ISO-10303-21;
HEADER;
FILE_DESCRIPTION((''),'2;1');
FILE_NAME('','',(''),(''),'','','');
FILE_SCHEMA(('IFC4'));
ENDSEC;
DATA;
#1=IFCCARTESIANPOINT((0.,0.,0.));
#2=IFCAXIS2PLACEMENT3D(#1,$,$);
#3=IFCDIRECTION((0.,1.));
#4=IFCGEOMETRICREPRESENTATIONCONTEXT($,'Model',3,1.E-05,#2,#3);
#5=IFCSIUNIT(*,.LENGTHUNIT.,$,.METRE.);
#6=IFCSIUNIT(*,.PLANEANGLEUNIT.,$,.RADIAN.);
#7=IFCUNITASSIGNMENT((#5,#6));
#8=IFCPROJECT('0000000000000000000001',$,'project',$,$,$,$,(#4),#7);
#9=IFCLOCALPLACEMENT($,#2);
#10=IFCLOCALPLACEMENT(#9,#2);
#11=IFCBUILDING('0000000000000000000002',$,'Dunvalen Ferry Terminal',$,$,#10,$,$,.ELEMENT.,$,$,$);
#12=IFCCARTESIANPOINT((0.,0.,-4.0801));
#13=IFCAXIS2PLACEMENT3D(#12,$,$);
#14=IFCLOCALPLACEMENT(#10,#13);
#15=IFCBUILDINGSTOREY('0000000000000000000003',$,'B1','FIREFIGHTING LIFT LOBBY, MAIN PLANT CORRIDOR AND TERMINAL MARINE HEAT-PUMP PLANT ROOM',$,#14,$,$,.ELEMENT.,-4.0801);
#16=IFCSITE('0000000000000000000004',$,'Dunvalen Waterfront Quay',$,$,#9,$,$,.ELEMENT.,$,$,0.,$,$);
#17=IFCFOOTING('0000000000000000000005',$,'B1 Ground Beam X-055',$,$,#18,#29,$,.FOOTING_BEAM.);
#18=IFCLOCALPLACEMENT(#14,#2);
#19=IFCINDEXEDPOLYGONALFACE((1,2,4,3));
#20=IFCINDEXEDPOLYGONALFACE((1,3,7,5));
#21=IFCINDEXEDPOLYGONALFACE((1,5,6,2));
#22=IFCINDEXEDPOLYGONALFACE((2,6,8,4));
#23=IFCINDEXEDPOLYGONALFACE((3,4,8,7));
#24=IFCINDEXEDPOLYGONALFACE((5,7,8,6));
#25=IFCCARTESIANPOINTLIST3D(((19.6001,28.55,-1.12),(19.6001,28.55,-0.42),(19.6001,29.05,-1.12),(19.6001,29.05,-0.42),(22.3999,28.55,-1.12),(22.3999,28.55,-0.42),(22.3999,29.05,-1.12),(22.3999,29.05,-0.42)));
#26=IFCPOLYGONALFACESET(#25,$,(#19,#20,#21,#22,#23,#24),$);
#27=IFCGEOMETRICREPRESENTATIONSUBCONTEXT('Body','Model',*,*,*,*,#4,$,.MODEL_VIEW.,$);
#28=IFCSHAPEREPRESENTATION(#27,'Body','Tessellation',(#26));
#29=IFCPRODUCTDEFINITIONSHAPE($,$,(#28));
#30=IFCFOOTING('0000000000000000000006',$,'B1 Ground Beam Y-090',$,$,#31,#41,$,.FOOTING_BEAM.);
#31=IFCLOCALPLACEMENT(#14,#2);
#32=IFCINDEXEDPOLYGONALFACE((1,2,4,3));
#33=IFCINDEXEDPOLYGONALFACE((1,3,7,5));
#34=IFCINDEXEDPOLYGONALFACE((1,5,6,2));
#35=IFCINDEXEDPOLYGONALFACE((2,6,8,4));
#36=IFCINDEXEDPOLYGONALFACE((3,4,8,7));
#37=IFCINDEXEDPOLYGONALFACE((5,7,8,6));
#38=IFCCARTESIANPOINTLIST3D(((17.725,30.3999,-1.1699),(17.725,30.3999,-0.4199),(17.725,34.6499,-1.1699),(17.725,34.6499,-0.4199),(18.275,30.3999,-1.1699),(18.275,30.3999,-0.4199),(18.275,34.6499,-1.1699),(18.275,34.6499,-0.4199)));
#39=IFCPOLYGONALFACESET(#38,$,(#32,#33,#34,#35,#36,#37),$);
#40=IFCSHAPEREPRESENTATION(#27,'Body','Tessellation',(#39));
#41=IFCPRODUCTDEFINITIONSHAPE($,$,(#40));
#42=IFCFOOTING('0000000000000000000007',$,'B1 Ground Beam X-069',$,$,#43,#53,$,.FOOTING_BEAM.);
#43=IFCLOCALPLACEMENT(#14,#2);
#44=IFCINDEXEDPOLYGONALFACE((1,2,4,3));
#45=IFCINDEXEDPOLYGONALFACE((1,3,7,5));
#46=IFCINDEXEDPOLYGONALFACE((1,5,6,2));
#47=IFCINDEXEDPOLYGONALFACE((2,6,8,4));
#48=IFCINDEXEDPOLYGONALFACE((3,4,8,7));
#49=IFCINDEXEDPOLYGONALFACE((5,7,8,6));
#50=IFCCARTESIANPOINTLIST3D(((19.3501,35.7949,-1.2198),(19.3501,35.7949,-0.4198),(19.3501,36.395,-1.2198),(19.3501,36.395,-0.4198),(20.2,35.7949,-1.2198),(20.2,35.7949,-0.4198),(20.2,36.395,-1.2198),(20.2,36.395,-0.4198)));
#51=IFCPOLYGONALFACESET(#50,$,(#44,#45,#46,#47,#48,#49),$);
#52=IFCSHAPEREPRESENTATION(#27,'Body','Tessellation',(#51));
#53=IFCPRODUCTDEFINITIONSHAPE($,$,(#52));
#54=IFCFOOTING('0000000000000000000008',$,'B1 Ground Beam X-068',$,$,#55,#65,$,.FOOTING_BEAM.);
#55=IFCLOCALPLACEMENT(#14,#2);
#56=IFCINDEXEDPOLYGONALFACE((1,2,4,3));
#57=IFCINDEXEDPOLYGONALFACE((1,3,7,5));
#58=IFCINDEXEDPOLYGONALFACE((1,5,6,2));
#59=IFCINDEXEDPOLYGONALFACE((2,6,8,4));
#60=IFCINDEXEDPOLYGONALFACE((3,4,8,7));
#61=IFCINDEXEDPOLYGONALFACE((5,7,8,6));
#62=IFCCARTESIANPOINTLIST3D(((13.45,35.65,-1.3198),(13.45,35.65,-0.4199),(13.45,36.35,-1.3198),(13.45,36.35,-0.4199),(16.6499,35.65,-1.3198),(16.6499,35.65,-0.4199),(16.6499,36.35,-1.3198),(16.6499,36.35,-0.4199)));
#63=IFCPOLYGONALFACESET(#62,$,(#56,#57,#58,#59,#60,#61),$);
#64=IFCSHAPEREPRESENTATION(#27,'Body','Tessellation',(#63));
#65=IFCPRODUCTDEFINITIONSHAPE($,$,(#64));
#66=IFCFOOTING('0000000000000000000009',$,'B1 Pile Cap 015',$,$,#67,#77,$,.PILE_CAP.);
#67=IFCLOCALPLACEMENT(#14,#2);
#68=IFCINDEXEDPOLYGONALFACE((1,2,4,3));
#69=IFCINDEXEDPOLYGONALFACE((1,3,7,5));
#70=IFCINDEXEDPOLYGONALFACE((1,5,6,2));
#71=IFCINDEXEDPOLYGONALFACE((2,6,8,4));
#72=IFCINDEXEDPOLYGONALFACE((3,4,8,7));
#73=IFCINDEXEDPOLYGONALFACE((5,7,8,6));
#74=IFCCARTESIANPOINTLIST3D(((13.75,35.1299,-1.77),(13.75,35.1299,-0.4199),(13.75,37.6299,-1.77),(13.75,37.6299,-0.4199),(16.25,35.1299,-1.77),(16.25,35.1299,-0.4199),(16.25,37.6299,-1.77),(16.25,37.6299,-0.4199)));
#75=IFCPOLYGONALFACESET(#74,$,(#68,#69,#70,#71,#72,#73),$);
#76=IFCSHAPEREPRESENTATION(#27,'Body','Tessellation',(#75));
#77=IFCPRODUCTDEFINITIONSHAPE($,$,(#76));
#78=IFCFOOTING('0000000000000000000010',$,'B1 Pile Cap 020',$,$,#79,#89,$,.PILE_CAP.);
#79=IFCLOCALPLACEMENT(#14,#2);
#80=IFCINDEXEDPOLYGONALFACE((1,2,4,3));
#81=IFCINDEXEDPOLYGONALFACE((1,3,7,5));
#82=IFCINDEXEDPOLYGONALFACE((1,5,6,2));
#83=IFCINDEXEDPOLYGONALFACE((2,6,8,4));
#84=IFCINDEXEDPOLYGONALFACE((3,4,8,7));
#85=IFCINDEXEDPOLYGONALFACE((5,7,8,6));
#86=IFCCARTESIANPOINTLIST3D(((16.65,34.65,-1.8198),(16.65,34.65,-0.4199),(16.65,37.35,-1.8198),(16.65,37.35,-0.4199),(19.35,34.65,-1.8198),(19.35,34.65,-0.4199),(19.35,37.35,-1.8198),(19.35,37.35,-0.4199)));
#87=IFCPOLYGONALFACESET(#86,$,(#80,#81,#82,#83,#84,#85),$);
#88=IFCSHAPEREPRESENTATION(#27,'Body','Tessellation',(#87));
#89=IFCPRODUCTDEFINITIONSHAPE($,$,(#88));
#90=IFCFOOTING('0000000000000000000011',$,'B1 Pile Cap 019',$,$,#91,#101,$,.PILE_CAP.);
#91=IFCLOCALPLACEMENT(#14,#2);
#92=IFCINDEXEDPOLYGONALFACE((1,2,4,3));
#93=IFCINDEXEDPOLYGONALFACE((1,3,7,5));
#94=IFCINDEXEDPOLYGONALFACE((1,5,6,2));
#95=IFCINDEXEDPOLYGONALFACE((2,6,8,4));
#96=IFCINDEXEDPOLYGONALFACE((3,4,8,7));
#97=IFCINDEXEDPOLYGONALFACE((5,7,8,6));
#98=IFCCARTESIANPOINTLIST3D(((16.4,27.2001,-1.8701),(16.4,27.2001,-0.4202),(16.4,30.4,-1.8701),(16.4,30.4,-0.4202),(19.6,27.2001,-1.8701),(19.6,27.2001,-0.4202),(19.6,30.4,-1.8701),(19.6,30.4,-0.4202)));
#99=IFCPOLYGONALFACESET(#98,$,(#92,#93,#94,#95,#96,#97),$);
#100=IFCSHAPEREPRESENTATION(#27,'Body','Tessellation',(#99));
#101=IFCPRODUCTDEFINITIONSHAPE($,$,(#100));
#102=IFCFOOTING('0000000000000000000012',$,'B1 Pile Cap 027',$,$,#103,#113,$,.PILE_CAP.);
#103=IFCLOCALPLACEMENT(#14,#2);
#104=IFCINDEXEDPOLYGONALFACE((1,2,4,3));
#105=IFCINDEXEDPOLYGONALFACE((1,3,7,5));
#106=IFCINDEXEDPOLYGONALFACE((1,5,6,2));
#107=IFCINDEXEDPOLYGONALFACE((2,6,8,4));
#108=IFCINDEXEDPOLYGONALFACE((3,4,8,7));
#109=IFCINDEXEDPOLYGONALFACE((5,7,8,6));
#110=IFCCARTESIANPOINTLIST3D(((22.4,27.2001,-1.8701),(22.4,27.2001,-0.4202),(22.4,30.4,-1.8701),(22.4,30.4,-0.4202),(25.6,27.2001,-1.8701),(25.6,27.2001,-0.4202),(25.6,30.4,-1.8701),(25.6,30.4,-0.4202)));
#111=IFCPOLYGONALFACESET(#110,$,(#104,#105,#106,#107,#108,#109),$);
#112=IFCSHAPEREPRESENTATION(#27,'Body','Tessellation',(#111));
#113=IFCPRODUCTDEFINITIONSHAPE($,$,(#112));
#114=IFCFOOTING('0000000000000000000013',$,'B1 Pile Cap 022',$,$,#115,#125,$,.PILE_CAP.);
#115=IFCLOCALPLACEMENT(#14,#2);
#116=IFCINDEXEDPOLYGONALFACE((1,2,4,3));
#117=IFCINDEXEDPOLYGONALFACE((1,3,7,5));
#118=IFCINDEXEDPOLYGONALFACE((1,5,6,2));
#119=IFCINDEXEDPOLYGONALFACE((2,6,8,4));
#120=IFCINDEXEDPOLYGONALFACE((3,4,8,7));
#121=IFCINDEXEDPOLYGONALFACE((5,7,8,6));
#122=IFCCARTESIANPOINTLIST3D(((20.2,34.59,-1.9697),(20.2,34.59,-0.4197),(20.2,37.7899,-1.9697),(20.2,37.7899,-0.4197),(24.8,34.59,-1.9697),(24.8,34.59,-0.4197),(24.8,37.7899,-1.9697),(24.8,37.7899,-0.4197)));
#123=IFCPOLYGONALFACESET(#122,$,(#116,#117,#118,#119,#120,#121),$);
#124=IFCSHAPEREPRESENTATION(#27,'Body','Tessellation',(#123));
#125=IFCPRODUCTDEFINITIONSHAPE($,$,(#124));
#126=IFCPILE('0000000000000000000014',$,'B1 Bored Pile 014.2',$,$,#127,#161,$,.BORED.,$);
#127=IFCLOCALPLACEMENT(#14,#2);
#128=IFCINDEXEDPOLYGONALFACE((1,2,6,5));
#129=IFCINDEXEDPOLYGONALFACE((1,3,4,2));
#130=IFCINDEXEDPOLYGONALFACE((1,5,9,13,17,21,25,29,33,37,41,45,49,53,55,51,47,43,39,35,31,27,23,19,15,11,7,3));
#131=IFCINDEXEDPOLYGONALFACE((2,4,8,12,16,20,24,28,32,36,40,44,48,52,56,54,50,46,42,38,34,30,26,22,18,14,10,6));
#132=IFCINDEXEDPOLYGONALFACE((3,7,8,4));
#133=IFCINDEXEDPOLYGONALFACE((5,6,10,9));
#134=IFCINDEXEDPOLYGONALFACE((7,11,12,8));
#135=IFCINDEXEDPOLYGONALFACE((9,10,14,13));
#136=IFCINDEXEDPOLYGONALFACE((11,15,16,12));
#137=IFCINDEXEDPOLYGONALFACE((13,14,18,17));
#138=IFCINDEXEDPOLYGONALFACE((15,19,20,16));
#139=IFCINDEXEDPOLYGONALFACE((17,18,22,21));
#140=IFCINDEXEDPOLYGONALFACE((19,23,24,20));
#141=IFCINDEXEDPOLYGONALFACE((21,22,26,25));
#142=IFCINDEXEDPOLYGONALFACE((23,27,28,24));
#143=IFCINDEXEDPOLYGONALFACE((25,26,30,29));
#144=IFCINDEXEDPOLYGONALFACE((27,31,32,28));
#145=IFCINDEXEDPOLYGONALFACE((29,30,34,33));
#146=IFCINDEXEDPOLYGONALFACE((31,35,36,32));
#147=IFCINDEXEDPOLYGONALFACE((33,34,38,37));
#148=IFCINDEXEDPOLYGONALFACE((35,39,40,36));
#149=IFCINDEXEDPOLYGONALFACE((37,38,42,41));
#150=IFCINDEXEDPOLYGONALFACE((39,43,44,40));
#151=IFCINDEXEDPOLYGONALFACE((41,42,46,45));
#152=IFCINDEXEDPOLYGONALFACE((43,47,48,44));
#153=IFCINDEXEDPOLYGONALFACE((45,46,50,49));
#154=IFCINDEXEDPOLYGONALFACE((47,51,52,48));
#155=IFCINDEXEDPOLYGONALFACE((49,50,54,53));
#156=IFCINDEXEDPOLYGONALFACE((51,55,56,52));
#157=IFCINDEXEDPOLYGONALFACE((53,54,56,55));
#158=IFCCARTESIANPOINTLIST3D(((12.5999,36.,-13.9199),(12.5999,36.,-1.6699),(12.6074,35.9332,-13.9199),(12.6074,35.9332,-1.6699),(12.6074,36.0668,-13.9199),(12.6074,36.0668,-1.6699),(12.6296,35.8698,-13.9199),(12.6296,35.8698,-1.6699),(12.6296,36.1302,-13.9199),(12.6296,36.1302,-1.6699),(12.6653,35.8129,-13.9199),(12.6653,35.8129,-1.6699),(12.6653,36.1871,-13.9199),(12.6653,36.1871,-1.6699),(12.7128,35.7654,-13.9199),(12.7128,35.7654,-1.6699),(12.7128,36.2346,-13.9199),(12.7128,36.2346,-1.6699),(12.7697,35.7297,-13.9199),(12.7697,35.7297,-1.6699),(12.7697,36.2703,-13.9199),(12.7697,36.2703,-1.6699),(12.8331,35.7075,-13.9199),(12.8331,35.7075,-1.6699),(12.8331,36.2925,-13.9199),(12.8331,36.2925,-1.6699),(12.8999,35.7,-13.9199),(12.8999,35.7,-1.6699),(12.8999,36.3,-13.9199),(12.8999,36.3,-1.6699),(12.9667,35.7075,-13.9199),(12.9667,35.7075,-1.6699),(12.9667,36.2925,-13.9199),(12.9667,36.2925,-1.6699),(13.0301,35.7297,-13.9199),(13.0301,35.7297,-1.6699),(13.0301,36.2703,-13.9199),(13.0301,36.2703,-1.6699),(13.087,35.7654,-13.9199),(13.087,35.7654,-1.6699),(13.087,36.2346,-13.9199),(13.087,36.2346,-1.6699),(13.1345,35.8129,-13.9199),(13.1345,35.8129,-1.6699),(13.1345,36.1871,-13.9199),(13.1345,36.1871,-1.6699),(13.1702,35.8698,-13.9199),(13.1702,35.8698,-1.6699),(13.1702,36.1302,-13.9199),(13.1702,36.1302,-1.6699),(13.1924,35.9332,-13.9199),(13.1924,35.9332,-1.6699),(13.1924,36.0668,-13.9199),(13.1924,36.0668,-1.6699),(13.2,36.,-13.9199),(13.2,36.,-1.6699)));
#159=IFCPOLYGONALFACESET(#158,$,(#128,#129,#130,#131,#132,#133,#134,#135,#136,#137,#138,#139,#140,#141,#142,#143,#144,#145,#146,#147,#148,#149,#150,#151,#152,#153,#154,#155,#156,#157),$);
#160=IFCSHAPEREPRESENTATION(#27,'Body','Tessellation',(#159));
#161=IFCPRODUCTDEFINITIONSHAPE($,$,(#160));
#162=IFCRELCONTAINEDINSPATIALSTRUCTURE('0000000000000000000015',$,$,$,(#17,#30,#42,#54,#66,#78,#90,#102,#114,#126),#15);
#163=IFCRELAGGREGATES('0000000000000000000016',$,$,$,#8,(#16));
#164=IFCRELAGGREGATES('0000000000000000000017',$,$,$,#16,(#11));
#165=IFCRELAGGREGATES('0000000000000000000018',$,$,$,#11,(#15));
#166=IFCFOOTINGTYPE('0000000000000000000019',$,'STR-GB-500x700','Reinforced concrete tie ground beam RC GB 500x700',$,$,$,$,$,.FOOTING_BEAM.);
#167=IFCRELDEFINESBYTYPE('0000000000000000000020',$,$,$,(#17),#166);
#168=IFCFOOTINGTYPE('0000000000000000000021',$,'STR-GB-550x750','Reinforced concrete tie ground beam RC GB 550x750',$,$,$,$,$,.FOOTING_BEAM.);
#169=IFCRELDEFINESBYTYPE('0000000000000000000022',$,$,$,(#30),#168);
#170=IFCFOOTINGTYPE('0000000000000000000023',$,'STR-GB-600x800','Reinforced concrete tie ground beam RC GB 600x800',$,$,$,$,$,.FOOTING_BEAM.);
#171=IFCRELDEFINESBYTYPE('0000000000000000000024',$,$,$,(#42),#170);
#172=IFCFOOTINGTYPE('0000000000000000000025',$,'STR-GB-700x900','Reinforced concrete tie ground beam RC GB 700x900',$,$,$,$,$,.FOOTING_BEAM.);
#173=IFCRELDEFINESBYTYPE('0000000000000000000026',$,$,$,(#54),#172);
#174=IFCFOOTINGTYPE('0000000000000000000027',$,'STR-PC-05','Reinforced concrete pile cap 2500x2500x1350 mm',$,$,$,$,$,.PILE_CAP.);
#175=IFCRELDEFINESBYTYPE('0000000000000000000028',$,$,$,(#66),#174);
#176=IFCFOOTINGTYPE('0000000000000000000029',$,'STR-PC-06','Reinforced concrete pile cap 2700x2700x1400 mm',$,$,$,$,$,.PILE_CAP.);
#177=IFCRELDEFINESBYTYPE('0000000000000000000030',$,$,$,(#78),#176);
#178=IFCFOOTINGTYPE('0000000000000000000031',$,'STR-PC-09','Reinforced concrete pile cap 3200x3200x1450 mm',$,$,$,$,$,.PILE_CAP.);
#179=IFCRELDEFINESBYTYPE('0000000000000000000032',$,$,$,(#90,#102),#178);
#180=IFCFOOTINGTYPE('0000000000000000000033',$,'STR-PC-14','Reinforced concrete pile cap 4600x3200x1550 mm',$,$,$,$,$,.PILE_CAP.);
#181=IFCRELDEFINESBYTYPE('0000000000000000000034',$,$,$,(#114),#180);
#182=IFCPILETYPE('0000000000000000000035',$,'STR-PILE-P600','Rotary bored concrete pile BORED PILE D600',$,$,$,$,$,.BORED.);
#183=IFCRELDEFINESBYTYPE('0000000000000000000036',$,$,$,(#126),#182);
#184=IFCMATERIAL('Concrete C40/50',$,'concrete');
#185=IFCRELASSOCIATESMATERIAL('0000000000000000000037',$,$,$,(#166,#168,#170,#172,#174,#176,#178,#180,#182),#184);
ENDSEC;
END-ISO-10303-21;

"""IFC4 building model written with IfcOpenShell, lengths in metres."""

from ifc_helpers import new_model, si_unit, direction, frame, origin, origin_2d, place, context, subcontext, project, spatial, rectangle, circle, extrude, material, material_profile, profile_set, type_object, element, save


model = new_model("IFC4")

# Units and contexts
model_context = context("Model", 3, precision=1e-05, world=origin(), true_north=direction((0.0, 1.0)))
body_context = subcontext(model_context, "Body", "Model", "MODEL_VIEW")
ifc_project = project(units=[si_unit("LENGTHUNIT", "METRE"), si_unit("PLANEANGLEUNIT", "RADIAN")], contexts=[model_context])

# Site, building, storey
site_placement = place(None, origin())
site = spatial("IfcSite", under=ifc_project, at=site_placement, Name="Dunvalen Waterfront Quay", CompositionType="ELEMENT", RefElevation=0.0)
building_placement = place(site_placement, origin())
building = spatial("IfcBuilding", under=site, at=building_placement, Name="Dunvalen Ferry Terminal", CompositionType="ELEMENT")
storey_placement = place(building_placement, frame((0.0, 0.0, -4.0801)))
storey = spatial("IfcBuildingStorey", under=building, at=storey_placement, Name="B1", Description="FIREFIGHTING LIFT LOBBY, MAIN PLANT CORRIDOR AND TERMINAL MARINE HEAT-PUMP PLANT ROOM", CompositionType="ELEMENT", Elevation=-4.0801)

# Footings
ifc_material = material(Name="Concrete C40/50", Category="concrete")
ifc_material_profile_1 = material_profile(ifc_material, rectangle(XDim=0.5, YDim=0.7, at=origin_2d()), Name="Concrete C40/50")
ifc_profile_set_1 = profile_set([ifc_material_profile_1], Name="Concrete C40/50")
footing_type_1 = type_object("IfcFootingType", Name="STR-GB-500x700", Description="Reinforced concrete tie ground beam RC GB 500x700", PredefinedType="FOOTING_BEAM", material=ifc_profile_set_1)
footing_1_placement = place(storey_placement, frame((19.6001, 28.8, -0.77), z_axis=(1.0, 0.0, 0.0), x_axis=(0.0, 1.0, 0.0)))
element("IfcFooting", 1, at=footing_1_placement, inside=storey, type_object=footing_type_1, Name="B1 Ground Beam X-055", PredefinedType="FOOTING_BEAM", context=body_context, shape_type="SweptSolid", body=[
    extrude(rectangle(XDim=0.5, YDim=0.7, at=origin_2d()), origin(), (0.0, 0.0, 1.0), 2.7998),
])
ifc_material_profile_2 = material_profile(ifc_material, rectangle(XDim=0.55, YDim=0.75, at=origin_2d()), Name="Concrete C40/50")
ifc_profile_set_2 = profile_set([ifc_material_profile_2], Name="Concrete C40/50")
footing_type_2 = type_object("IfcFootingType", Name="STR-GB-550x750", Description="Reinforced concrete tie ground beam RC GB 550x750", PredefinedType="FOOTING_BEAM", material=ifc_profile_set_2)
footing_2_placement = place(storey_placement, frame((18.0, 30.3999, -0.7949), z_axis=(0.0, 1.0, 0.0), x_axis=(-1.0, 0.0, 0.0)))
element("IfcFooting", 2, at=footing_2_placement, inside=storey, type_object=footing_type_2, Name="B1 Ground Beam Y-090", PredefinedType="FOOTING_BEAM", context=body_context, shape_type="SweptSolid", body=[
    extrude(rectangle(XDim=0.55, YDim=0.75, at=origin_2d()), origin(), (0.0, 0.0, 1.0), 4.25),
])
ifc_material_profile_3 = material_profile(ifc_material, rectangle(XDim=0.6001, YDim=0.8, at=origin_2d()), Name="Concrete C40/50")
ifc_profile_set_3 = profile_set([ifc_material_profile_3], Name="Concrete C40/50")
footing_type_3 = type_object("IfcFootingType", Name="STR-GB-600x800", Description="Reinforced concrete tie ground beam RC GB 600x800", PredefinedType="FOOTING_BEAM", material=ifc_profile_set_3)
footing_3_placement = place(storey_placement, frame((19.3501, 36.095, -0.8198), z_axis=(1.0, 0.0, 0.0), x_axis=(0.0, 1.0, 0.0)))
element("IfcFooting", 3, at=footing_3_placement, inside=storey, type_object=footing_type_3, Name="B1 Ground Beam X-069", PredefinedType="FOOTING_BEAM", context=body_context, shape_type="SweptSolid", body=[
    extrude(rectangle(XDim=0.6001, YDim=0.8, at=origin_2d()), origin(), (0.0, 0.0, 1.0), 0.8499),
])
ifc_material_profile_4 = material_profile(ifc_material, rectangle(XDim=0.7, YDim=0.8999, at=origin_2d()), Name="Concrete C40/50")
ifc_profile_set_4 = profile_set([ifc_material_profile_4], Name="Concrete C40/50")
footing_type_4 = type_object("IfcFootingType", Name="STR-GB-700x900", Description="Reinforced concrete tie ground beam RC GB 700x900", PredefinedType="FOOTING_BEAM", material=ifc_profile_set_4)
footing_4_placement = place(storey_placement, frame((13.45, 36.0, -0.8699), z_axis=(1.0, 0.0, 0.0), x_axis=(0.0, 1.0, 0.0)))
element("IfcFooting", 4, at=footing_4_placement, inside=storey, type_object=footing_type_4, Name="B1 Ground Beam X-068", PredefinedType="FOOTING_BEAM", context=body_context, shape_type="SweptSolid", body=[
    extrude(rectangle(XDim=0.7, YDim=0.8999, at=origin_2d()), origin(), (0.0, 0.0, 1.0), 3.2),
])
footing_type_5 = type_object("IfcFootingType", Name="STR-PC-05", Description="Reinforced concrete pile cap 2500x2500x1350 mm", PredefinedType="PILE_CAP", material=ifc_material)
footing_5_placement = place(storey_placement, frame((15.0, 36.3799, -1.77), z_axis=(0.0, 0.0, 1.0), x_axis=(1.0, 0.0, 0.0)))
element("IfcFooting", 5, at=footing_5_placement, inside=storey, type_object=footing_type_5, Name="B1 Pile Cap 015", PredefinedType="PILE_CAP", context=body_context, shape_type="SweptSolid", body=[
    extrude(rectangle(XDim=2.5, YDim=2.5, at=origin_2d()), origin(), (0.0, 0.0, 1.0), 1.3501),
])
footing_type_6 = type_object("IfcFootingType", Name="STR-PC-06", Description="Reinforced concrete pile cap 2700x2700x1400 mm", PredefinedType="PILE_CAP", material=ifc_material)
footing_6_placement = place(storey_placement, frame((18.0, 36.0, -1.8198), z_axis=(0.0, 0.0, 1.0), x_axis=(1.0, 0.0, 0.0)))
element("IfcFooting", 6, at=footing_6_placement, inside=storey, type_object=footing_type_6, Name="B1 Pile Cap 020", PredefinedType="PILE_CAP", context=body_context, shape_type="SweptSolid", body=[
    extrude(rectangle(XDim=2.7, YDim=2.7, at=origin_2d()), origin(), (0.0, 0.0, 1.0), 1.3999),
])
footing_type_7 = type_object("IfcFootingType", Name="STR-PC-09", Description="Reinforced concrete pile cap 3200x3200x1450 mm", PredefinedType="PILE_CAP", material=ifc_material)
for number, where, z_axis, x_axis, name in (
    (7, (18.0, 28.8, -1.8701), (0.0, 0.0, 1.0), (1.0, 0.0, 0.0), "B1 Pile Cap 019"),
    (8, (24.0, 28.8, -1.8701), (0.0, 0.0, 1.0), (1.0, 0.0, 0.0), "B1 Pile Cap 027"),
):
    element("IfcFooting", number, at=place(storey_placement, frame(where, z_axis=z_axis, x_axis=x_axis)), inside=storey, type_object=footing_type_7, Name=name, PredefinedType="PILE_CAP", context=body_context, shape_type="SweptSolid", body=[
        extrude(rectangle(XDim=3.2, YDim=3.2, at=origin_2d()), origin(), (0.0, 0.0, 1.0), 1.45),
    ])
footing_type_8 = type_object("IfcFootingType", Name="STR-PC-14", Description="Reinforced concrete pile cap 4600x3200x1550 mm", PredefinedType="PILE_CAP", material=ifc_material)
footing_7_placement = place(storey_placement, frame((22.5, 36.1899, -1.9697), z_axis=(0.0, 0.0, 1.0), x_axis=(1.0, 0.0, 0.0)))
element("IfcFooting", 9, at=footing_7_placement, inside=storey, type_object=footing_type_8, Name="B1 Pile Cap 022", PredefinedType="PILE_CAP", context=body_context, shape_type="SweptSolid", body=[
    extrude(rectangle(XDim=4.6001, YDim=3.2, at=origin_2d()), origin(), (0.0, 0.0, 1.0), 1.55),
])

# Pile
ifc_material_profile_5 = material_profile(ifc_material, circle(Radius=0.3, at=origin_2d()), Name="Concrete C40/50")
ifc_profile_set_5 = profile_set([ifc_material_profile_5], Name="Concrete C40/50")
pile_type_1 = type_object("IfcPileType", Name="STR-PILE-P600", Description="Rotary bored concrete pile BORED PILE D600", PredefinedType="BORED", material=ifc_profile_set_5)
pile_1_placement = place(storey_placement, frame((12.8999, 36.0, -1.6699), z_axis=(0.0, 0.0, -1.0), x_axis=(1.0, 0.0, 0.0)))
element("IfcPile", 10, at=pile_1_placement, inside=storey, type_object=pile_type_1, Name="B1 Bored Pile 014.2", PredefinedType="BORED", context=body_context, shape_type="SweptSolid", body=[
    extrude(circle(Radius=0.3, at=origin_2d()), origin(), (0.0, 0.0, 1.0), 12.25),
])

save(model, "model.ifc")
